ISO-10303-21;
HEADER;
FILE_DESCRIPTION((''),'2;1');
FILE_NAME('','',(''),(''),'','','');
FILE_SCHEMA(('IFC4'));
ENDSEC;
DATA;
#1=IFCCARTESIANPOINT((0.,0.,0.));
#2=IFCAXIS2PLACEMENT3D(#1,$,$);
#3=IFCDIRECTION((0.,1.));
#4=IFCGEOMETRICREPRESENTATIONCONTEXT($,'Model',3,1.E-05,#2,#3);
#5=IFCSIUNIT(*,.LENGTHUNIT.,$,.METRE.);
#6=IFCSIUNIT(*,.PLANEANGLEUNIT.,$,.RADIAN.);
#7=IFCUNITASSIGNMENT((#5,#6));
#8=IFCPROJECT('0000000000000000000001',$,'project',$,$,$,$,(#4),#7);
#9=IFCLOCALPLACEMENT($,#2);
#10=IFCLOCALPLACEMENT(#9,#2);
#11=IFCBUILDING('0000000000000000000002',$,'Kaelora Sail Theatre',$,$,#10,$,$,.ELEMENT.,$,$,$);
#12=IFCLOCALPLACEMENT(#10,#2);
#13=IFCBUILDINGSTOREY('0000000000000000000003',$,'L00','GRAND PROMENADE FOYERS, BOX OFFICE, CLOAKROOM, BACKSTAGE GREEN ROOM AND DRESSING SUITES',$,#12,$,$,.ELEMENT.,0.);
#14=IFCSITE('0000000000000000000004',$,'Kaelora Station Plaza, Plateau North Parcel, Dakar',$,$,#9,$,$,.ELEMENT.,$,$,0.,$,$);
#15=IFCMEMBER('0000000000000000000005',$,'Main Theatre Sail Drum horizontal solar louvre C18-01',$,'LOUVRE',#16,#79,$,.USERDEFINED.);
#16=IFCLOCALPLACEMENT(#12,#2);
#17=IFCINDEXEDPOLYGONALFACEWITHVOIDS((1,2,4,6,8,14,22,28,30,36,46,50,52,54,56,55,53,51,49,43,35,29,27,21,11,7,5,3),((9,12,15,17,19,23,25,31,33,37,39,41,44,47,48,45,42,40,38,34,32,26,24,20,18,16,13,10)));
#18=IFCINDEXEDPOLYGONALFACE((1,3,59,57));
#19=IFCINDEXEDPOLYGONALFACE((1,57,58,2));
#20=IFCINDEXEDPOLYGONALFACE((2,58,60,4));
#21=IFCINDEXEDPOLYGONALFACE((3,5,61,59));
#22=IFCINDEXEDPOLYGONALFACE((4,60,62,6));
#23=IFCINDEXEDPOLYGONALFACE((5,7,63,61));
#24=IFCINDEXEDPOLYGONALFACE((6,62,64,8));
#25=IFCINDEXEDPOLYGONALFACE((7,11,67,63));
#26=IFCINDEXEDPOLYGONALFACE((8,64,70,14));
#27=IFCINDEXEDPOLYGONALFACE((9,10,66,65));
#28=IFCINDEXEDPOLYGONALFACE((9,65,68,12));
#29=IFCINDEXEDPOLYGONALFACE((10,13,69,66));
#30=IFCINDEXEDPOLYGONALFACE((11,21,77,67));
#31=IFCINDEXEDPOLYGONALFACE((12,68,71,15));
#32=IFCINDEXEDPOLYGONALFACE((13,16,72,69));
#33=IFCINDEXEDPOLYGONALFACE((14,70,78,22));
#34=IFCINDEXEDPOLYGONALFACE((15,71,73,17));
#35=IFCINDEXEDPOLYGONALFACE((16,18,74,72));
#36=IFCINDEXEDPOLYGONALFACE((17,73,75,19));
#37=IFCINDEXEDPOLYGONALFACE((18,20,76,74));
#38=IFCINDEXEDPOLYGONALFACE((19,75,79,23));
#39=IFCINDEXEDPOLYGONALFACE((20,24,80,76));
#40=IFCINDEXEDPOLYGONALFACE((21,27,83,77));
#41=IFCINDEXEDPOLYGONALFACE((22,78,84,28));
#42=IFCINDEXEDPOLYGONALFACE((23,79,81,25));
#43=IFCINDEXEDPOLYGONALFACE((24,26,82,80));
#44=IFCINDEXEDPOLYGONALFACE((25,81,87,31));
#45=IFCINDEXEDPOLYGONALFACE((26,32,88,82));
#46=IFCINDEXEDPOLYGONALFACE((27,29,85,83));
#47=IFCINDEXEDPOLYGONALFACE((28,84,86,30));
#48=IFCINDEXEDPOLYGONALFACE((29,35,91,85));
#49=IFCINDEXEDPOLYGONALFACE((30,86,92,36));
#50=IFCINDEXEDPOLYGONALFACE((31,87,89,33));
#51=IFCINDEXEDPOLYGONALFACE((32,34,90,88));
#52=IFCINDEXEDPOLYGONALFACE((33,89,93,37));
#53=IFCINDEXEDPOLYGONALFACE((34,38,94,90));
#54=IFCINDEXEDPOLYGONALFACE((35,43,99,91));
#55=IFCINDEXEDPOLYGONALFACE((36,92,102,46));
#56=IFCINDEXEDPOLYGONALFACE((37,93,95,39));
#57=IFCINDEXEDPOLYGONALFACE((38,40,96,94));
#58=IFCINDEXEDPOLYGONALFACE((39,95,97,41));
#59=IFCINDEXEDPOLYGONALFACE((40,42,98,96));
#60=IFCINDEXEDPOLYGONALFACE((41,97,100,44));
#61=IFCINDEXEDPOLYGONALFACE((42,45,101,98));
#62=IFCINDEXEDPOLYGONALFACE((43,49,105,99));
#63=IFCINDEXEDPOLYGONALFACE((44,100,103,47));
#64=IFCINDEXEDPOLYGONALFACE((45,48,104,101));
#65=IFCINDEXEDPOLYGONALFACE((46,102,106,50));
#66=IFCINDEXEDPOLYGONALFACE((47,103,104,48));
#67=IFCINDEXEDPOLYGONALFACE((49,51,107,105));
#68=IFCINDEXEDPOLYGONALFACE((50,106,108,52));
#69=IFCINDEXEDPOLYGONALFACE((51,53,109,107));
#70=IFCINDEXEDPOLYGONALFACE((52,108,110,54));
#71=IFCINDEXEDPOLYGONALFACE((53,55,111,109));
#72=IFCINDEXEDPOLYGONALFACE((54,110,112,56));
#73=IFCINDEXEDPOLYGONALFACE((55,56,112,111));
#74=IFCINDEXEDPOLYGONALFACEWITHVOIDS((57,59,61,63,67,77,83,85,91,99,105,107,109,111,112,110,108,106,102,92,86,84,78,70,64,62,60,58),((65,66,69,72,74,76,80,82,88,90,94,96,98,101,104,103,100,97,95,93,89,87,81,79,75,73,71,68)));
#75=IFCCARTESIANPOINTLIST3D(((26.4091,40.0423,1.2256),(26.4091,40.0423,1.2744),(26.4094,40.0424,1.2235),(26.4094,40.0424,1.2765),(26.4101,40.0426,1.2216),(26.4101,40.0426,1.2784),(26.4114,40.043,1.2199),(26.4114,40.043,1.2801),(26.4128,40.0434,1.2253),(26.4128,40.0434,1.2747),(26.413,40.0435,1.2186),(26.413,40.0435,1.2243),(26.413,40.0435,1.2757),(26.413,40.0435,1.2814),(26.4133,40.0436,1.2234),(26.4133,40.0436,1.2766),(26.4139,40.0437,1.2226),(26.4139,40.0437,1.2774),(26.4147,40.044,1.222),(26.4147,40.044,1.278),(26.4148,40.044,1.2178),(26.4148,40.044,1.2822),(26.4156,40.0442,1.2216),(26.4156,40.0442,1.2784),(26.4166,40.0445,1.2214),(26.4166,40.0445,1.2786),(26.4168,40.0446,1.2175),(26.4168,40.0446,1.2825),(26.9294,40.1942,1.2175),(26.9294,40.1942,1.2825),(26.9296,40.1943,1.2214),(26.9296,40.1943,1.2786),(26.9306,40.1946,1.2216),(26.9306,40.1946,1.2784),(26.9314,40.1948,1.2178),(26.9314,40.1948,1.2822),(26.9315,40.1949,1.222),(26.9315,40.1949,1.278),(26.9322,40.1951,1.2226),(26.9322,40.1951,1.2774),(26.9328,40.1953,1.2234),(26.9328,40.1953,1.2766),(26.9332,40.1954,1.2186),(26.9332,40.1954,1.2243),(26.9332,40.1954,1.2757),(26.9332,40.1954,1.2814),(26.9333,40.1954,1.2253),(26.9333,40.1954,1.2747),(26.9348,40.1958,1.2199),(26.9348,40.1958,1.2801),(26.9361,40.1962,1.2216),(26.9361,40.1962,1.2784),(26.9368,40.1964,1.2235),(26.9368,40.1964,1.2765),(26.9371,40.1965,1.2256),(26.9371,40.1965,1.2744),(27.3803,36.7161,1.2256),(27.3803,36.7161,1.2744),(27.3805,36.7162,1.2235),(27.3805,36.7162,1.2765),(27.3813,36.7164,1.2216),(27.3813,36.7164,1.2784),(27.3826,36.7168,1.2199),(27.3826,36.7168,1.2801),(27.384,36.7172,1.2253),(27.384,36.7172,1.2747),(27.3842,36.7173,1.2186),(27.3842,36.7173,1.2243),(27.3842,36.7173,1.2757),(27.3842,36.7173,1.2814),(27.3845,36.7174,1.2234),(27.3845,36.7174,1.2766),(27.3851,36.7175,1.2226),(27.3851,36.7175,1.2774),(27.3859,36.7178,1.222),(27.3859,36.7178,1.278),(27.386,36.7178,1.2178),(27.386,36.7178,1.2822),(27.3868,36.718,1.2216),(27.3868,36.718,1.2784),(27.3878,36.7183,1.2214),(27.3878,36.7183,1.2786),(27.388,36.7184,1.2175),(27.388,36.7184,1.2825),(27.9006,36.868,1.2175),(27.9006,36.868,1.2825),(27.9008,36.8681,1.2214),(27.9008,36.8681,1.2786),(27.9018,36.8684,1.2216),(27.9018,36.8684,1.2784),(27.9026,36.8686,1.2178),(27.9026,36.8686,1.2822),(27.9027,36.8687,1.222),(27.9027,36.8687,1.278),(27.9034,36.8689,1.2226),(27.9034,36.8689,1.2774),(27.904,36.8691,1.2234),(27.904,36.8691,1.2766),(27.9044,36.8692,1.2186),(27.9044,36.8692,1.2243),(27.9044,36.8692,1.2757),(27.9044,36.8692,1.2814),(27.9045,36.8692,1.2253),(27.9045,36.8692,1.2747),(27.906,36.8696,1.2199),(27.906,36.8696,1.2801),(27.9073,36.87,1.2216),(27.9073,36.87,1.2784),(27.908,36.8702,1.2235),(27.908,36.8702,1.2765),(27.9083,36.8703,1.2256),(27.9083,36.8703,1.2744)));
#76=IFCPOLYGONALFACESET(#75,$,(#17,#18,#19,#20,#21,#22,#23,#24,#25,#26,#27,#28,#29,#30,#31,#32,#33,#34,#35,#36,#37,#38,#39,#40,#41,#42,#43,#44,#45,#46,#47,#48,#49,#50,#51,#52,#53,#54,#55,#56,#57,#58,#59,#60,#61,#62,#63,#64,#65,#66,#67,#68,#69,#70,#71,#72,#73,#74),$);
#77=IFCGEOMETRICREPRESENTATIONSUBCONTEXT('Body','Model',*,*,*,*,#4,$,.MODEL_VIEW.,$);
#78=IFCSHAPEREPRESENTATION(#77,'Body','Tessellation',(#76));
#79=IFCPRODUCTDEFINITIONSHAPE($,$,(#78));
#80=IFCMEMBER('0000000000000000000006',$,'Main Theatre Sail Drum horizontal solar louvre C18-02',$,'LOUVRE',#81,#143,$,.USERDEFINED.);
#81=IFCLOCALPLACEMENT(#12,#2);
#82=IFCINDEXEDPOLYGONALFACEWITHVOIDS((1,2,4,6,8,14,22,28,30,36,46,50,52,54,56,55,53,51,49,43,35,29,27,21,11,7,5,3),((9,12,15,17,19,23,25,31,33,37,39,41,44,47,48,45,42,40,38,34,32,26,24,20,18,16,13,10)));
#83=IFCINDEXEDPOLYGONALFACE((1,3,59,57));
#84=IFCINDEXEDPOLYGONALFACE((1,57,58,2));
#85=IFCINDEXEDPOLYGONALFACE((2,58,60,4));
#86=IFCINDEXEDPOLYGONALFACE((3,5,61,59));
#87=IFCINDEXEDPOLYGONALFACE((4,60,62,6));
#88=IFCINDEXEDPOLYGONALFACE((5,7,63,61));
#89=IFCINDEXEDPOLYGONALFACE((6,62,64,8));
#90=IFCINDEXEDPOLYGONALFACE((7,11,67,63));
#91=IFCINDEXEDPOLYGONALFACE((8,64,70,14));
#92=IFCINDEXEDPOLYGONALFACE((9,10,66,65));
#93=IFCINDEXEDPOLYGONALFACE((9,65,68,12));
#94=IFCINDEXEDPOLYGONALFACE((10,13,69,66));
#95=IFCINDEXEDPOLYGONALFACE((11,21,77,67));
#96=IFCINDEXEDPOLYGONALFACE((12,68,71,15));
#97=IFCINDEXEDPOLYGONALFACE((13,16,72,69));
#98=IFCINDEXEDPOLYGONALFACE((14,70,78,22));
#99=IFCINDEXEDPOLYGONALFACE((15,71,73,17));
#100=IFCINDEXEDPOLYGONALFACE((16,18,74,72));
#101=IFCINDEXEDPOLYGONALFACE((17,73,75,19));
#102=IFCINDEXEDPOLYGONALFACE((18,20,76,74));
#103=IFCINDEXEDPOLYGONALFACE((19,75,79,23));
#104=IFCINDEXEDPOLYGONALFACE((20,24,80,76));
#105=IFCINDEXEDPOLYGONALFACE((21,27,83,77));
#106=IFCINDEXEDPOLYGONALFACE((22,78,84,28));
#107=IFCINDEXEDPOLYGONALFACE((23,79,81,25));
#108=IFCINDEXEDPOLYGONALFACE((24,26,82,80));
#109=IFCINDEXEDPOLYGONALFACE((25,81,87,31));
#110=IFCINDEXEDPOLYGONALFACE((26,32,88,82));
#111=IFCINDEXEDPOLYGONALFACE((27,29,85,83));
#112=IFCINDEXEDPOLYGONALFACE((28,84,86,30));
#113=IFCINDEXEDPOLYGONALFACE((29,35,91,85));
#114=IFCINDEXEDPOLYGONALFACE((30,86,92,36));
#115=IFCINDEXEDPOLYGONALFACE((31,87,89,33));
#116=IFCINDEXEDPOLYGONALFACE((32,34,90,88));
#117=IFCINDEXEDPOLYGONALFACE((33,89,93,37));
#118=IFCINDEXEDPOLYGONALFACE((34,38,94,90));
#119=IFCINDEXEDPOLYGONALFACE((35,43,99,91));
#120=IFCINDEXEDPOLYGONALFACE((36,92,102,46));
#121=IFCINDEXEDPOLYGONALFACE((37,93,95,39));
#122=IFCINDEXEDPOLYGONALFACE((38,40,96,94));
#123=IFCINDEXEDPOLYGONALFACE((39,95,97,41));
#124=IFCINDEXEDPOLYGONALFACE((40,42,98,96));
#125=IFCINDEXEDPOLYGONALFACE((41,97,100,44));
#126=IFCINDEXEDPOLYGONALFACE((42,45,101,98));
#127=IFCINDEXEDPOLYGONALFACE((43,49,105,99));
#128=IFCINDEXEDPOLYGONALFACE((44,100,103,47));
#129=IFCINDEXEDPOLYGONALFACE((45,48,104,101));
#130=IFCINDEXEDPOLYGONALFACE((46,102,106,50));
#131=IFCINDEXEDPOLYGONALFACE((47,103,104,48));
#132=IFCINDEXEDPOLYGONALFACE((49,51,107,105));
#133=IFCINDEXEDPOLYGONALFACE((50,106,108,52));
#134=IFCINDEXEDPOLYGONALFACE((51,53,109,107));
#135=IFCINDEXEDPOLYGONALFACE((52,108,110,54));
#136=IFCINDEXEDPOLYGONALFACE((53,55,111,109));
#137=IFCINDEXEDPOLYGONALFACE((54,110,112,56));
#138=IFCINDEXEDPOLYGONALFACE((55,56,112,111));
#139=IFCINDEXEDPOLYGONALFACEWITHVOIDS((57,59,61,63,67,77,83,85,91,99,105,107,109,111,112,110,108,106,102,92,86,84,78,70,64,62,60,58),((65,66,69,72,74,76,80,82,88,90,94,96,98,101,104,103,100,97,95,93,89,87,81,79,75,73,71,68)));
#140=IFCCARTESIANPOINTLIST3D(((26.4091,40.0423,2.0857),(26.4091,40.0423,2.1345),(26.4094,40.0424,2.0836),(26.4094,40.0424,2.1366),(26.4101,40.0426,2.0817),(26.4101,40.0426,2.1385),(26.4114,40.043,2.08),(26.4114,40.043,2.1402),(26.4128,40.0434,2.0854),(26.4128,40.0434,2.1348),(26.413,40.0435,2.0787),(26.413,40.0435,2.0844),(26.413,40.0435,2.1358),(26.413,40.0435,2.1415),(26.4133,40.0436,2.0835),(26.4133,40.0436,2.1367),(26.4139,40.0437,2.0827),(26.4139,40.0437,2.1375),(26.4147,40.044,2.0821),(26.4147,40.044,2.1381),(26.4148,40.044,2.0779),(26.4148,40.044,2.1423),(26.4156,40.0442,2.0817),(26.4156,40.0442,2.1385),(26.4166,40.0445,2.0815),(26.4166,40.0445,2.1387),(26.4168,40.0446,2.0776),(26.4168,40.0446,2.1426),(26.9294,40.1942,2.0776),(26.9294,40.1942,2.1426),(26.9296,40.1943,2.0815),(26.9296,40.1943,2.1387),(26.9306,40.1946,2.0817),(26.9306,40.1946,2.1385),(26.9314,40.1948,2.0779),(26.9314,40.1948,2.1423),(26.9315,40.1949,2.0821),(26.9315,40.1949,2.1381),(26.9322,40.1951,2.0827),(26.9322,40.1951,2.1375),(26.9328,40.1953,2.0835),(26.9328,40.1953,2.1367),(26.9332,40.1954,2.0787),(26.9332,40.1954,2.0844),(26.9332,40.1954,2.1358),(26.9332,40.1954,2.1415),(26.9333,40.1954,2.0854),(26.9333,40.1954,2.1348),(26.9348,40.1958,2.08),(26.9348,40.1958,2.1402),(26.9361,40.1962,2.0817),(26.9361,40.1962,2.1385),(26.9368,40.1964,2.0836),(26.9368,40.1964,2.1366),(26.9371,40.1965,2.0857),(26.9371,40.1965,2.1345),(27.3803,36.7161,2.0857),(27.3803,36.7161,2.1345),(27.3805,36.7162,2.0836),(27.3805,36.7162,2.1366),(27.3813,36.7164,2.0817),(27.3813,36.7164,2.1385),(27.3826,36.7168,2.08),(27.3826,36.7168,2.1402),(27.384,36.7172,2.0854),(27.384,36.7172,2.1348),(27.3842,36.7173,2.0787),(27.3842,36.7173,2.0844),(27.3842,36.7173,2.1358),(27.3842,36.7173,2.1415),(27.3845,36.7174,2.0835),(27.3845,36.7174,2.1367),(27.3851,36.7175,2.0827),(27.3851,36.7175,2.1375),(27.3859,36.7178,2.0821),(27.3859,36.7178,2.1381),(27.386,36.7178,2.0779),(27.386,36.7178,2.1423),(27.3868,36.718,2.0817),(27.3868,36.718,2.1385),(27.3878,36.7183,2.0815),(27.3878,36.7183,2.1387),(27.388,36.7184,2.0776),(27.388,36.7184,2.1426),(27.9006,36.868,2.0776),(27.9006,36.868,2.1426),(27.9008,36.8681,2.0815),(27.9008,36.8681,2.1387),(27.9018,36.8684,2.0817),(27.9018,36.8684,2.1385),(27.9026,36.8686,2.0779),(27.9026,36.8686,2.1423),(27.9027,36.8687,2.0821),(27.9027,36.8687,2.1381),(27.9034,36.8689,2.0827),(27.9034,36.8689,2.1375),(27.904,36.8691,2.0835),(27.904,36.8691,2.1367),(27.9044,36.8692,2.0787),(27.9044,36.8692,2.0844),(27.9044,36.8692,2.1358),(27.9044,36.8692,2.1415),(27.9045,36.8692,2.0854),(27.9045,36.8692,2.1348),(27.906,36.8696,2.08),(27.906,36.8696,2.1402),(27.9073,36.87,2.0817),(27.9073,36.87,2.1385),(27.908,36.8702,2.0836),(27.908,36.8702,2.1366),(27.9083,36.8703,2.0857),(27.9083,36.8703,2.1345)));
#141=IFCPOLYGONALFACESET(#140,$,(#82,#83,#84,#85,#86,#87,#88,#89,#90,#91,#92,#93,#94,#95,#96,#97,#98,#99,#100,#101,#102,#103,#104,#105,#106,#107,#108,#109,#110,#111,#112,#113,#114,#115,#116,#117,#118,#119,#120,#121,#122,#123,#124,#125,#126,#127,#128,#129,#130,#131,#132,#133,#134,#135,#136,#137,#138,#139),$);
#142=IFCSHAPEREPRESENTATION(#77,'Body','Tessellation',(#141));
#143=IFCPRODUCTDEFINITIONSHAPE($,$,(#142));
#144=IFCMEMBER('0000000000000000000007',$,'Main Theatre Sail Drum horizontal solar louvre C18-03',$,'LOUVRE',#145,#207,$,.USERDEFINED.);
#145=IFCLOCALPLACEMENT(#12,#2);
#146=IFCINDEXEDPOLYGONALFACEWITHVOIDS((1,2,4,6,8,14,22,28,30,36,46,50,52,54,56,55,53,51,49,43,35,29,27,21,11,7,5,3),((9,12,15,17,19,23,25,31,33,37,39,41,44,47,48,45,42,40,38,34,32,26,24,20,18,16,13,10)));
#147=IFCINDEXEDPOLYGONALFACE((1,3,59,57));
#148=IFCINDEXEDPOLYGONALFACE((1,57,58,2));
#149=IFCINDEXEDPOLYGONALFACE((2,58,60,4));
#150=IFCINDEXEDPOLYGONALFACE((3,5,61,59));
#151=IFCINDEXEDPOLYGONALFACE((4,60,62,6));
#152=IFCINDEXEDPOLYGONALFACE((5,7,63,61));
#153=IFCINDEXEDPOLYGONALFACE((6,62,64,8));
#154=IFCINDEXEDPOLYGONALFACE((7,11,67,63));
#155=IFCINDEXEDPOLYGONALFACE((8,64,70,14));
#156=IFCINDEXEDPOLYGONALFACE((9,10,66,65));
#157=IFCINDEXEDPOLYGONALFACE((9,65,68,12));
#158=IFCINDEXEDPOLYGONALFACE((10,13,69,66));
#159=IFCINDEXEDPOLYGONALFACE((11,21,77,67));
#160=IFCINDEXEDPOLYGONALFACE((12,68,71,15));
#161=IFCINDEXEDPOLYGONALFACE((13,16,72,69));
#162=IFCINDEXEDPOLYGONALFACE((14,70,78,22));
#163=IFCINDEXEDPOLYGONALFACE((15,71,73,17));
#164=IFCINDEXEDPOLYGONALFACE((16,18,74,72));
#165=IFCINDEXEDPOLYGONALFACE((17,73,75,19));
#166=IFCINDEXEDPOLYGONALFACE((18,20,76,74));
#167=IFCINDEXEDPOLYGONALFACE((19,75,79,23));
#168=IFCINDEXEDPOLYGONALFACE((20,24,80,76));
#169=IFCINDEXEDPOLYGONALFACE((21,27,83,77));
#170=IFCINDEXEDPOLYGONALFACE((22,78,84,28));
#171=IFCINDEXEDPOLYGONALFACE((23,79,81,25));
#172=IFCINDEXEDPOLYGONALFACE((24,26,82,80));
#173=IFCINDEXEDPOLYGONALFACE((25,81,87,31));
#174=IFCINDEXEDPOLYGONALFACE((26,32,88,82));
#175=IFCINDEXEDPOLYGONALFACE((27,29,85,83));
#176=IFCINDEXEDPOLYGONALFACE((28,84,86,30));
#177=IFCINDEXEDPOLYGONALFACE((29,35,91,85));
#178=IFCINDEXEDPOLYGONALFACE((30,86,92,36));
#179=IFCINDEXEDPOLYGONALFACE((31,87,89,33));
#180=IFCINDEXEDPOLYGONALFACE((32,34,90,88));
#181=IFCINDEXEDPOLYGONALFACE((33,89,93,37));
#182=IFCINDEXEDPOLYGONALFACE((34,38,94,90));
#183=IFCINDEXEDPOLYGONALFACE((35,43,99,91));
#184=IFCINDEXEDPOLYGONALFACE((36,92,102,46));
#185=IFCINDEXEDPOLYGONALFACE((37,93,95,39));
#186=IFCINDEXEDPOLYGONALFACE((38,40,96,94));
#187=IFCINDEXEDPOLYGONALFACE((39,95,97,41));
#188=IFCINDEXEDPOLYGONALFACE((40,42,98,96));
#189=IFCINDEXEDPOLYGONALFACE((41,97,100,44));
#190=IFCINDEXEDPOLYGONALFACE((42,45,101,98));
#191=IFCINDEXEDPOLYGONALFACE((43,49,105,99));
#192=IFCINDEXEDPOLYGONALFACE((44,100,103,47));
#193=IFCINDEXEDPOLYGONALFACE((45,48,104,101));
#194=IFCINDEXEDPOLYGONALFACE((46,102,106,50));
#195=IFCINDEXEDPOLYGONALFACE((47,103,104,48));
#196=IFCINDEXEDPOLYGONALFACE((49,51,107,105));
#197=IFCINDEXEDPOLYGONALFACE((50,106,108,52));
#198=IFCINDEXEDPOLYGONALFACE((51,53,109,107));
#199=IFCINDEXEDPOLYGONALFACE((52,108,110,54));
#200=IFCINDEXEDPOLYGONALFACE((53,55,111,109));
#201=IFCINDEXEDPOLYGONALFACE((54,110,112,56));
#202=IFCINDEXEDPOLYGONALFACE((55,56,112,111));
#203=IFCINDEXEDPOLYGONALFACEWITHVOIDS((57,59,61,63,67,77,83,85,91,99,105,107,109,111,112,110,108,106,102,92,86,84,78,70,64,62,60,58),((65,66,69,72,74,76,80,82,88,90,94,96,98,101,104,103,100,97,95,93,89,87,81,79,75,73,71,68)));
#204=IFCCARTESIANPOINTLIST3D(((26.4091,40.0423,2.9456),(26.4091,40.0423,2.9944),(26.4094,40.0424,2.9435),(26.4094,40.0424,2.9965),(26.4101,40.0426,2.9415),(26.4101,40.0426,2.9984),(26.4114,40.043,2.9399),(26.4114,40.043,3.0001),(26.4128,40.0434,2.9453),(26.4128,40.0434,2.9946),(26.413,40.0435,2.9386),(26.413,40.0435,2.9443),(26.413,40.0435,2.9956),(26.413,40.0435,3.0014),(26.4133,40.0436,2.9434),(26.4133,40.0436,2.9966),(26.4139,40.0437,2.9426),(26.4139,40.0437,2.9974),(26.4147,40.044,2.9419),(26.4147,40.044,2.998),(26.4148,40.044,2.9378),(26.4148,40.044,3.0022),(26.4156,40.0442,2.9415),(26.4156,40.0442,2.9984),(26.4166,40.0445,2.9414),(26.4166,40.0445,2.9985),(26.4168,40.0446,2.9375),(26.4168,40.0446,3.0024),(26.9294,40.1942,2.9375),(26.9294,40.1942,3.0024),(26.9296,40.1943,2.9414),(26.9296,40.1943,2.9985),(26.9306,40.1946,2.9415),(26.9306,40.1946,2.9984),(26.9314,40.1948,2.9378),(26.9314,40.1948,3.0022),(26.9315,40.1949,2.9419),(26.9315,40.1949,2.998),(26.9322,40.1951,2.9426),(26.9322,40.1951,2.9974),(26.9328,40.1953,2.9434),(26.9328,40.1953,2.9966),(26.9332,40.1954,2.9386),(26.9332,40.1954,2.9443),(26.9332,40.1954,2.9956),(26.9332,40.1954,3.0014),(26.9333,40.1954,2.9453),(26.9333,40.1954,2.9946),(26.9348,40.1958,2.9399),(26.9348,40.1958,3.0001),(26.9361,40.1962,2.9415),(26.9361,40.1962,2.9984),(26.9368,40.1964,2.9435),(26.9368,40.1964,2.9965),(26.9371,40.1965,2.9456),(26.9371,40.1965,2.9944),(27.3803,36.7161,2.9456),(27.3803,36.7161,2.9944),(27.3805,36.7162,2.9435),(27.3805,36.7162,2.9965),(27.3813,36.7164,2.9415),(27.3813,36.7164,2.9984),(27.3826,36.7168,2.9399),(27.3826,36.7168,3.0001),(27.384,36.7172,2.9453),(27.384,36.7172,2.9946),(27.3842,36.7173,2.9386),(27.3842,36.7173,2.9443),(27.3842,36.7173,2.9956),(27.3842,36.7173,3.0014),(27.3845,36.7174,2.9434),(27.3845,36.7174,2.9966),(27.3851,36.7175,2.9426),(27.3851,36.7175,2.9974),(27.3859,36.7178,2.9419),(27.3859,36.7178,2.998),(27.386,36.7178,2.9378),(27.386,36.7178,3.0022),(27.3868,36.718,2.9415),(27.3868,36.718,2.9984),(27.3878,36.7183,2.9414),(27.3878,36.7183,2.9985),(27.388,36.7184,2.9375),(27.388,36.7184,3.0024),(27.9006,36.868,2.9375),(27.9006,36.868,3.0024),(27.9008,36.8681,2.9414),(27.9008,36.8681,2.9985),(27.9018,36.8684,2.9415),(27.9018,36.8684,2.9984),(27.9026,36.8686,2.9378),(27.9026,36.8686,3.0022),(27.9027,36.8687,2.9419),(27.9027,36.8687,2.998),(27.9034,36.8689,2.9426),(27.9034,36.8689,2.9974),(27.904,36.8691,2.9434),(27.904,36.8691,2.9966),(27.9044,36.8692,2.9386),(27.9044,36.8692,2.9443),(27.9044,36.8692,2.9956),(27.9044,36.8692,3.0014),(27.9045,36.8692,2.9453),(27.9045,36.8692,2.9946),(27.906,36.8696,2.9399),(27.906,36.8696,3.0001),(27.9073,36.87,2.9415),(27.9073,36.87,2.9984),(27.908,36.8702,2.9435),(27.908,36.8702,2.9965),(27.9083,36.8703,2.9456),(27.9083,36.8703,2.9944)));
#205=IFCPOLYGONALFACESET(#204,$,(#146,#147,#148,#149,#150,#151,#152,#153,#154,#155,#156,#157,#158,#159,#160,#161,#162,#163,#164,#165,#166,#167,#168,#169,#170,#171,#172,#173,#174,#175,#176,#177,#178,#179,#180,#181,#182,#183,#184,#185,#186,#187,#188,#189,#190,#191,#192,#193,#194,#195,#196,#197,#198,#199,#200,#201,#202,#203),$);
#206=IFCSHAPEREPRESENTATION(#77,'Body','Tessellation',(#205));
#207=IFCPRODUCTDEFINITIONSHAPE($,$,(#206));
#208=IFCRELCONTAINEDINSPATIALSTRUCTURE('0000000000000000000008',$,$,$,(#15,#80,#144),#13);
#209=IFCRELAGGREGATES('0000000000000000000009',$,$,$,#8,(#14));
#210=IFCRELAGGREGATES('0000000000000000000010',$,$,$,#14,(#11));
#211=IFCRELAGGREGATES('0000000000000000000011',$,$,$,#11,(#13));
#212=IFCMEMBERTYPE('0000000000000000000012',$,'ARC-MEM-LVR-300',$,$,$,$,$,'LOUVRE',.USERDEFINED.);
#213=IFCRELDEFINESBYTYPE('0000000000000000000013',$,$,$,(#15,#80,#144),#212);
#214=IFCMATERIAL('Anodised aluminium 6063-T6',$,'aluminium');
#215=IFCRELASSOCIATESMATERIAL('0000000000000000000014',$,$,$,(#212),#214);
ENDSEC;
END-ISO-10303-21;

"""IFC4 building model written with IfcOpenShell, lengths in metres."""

from ifc_helpers import new_model, si_unit, direction, frame, origin, origin_2d, place, context, subcontext, project, spatial, hollow_rectangle, extrude, material, material_profile, profile_set, type_object, element, save


model = new_model("IFC4")

# Units and contexts
model_context = context("Model", 3, precision=1e-05, world=origin(), true_north=direction((0.0, 1.0)))
body_context = subcontext(model_context, "Body", "Model", "MODEL_VIEW")
ifc_project = project(units=[si_unit("LENGTHUNIT", "METRE"), si_unit("PLANEANGLEUNIT", "RADIAN")], contexts=[model_context])

# Site, building, storey
site_placement = place(None, origin())
site = spatial("IfcSite", under=ifc_project, at=site_placement, Name="Kaelora Station Plaza, Plateau North Parcel, Dakar", CompositionType="ELEMENT", RefElevation=0.0)
building_placement = place(site_placement, origin())
building = spatial("IfcBuilding", under=site, at=building_placement, Name="Kaelora Sail Theatre", CompositionType="ELEMENT")
storey_placement = place(building_placement, origin())
storey = spatial("IfcBuildingStorey", under=building, at=storey_placement, Name="L00", Description="GRAND PROMENADE FOYERS, BOX OFFICE, CLOAKROOM, BACKSTAGE GREEN ROOM AND DRESSING SUITES", CompositionType="ELEMENT", Elevation=0.0)

# Members
ifc_material_1 = material(Name="Anodised aluminium 6063-T6", Category="aluminium")
ifc_material_profile_1 = material_profile(ifc_material_1, hollow_rectangle(XDim=0.55, YDim=0.0649, WallThickness=0.0039, InnerFilletRadius=0.0039, OuterFilletRadius=0.0081, at=origin_2d()), Name="LOUVRE 550x65x4")
ifc_profile_set_1 = profile_set([ifc_material_profile_1], Name="Anodised aluminium 6063-T6")
member_type_1 = type_object("IfcMemberType", Name="ARC-MEM-LVR-300", ElementType="LOUVRE", PredefinedType="USERDEFINED", material=ifc_profile_set_1)
for number, where, z_axis, x_axis, name in (
    (1, (27.6443, 36.7932, 1.25), (-0.280281, 0.959918, 0.0), (-0.959918, -0.280281, 0.0), "Main Theatre Sail Drum horizontal solar louvre C18-01"),
    (2, (27.6443, 36.7932, 2.1101), (-0.280281, 0.959918, 0.0), (-0.959918, -0.280281, 0.0), "Main Theatre Sail Drum horizontal solar louvre C18-02"),
    (3, (27.6443, 36.7932, 2.97), (-0.280281, 0.959918, 0.0), (-0.959918, -0.280281, 0.0), "Main Theatre Sail Drum horizontal solar louvre C18-03"),
):
    element("IfcMember", number, at=place(storey_placement, frame(where, z_axis=z_axis, x_axis=x_axis)), inside=storey, type_object=member_type_1, Name=name, ObjectType="LOUVRE", PredefinedType="USERDEFINED", context=body_context, shape_type="SweptSolid", body=[
        extrude(hollow_rectangle(XDim=0.55, YDim=0.0649, WallThickness=0.0039, InnerFilletRadius=0.0039, OuterFilletRadius=0.0081, at=origin_2d()), origin(), (0.0, 0.0, 1.0), 3.4651),
    ])

save(model, "model.ifc")
